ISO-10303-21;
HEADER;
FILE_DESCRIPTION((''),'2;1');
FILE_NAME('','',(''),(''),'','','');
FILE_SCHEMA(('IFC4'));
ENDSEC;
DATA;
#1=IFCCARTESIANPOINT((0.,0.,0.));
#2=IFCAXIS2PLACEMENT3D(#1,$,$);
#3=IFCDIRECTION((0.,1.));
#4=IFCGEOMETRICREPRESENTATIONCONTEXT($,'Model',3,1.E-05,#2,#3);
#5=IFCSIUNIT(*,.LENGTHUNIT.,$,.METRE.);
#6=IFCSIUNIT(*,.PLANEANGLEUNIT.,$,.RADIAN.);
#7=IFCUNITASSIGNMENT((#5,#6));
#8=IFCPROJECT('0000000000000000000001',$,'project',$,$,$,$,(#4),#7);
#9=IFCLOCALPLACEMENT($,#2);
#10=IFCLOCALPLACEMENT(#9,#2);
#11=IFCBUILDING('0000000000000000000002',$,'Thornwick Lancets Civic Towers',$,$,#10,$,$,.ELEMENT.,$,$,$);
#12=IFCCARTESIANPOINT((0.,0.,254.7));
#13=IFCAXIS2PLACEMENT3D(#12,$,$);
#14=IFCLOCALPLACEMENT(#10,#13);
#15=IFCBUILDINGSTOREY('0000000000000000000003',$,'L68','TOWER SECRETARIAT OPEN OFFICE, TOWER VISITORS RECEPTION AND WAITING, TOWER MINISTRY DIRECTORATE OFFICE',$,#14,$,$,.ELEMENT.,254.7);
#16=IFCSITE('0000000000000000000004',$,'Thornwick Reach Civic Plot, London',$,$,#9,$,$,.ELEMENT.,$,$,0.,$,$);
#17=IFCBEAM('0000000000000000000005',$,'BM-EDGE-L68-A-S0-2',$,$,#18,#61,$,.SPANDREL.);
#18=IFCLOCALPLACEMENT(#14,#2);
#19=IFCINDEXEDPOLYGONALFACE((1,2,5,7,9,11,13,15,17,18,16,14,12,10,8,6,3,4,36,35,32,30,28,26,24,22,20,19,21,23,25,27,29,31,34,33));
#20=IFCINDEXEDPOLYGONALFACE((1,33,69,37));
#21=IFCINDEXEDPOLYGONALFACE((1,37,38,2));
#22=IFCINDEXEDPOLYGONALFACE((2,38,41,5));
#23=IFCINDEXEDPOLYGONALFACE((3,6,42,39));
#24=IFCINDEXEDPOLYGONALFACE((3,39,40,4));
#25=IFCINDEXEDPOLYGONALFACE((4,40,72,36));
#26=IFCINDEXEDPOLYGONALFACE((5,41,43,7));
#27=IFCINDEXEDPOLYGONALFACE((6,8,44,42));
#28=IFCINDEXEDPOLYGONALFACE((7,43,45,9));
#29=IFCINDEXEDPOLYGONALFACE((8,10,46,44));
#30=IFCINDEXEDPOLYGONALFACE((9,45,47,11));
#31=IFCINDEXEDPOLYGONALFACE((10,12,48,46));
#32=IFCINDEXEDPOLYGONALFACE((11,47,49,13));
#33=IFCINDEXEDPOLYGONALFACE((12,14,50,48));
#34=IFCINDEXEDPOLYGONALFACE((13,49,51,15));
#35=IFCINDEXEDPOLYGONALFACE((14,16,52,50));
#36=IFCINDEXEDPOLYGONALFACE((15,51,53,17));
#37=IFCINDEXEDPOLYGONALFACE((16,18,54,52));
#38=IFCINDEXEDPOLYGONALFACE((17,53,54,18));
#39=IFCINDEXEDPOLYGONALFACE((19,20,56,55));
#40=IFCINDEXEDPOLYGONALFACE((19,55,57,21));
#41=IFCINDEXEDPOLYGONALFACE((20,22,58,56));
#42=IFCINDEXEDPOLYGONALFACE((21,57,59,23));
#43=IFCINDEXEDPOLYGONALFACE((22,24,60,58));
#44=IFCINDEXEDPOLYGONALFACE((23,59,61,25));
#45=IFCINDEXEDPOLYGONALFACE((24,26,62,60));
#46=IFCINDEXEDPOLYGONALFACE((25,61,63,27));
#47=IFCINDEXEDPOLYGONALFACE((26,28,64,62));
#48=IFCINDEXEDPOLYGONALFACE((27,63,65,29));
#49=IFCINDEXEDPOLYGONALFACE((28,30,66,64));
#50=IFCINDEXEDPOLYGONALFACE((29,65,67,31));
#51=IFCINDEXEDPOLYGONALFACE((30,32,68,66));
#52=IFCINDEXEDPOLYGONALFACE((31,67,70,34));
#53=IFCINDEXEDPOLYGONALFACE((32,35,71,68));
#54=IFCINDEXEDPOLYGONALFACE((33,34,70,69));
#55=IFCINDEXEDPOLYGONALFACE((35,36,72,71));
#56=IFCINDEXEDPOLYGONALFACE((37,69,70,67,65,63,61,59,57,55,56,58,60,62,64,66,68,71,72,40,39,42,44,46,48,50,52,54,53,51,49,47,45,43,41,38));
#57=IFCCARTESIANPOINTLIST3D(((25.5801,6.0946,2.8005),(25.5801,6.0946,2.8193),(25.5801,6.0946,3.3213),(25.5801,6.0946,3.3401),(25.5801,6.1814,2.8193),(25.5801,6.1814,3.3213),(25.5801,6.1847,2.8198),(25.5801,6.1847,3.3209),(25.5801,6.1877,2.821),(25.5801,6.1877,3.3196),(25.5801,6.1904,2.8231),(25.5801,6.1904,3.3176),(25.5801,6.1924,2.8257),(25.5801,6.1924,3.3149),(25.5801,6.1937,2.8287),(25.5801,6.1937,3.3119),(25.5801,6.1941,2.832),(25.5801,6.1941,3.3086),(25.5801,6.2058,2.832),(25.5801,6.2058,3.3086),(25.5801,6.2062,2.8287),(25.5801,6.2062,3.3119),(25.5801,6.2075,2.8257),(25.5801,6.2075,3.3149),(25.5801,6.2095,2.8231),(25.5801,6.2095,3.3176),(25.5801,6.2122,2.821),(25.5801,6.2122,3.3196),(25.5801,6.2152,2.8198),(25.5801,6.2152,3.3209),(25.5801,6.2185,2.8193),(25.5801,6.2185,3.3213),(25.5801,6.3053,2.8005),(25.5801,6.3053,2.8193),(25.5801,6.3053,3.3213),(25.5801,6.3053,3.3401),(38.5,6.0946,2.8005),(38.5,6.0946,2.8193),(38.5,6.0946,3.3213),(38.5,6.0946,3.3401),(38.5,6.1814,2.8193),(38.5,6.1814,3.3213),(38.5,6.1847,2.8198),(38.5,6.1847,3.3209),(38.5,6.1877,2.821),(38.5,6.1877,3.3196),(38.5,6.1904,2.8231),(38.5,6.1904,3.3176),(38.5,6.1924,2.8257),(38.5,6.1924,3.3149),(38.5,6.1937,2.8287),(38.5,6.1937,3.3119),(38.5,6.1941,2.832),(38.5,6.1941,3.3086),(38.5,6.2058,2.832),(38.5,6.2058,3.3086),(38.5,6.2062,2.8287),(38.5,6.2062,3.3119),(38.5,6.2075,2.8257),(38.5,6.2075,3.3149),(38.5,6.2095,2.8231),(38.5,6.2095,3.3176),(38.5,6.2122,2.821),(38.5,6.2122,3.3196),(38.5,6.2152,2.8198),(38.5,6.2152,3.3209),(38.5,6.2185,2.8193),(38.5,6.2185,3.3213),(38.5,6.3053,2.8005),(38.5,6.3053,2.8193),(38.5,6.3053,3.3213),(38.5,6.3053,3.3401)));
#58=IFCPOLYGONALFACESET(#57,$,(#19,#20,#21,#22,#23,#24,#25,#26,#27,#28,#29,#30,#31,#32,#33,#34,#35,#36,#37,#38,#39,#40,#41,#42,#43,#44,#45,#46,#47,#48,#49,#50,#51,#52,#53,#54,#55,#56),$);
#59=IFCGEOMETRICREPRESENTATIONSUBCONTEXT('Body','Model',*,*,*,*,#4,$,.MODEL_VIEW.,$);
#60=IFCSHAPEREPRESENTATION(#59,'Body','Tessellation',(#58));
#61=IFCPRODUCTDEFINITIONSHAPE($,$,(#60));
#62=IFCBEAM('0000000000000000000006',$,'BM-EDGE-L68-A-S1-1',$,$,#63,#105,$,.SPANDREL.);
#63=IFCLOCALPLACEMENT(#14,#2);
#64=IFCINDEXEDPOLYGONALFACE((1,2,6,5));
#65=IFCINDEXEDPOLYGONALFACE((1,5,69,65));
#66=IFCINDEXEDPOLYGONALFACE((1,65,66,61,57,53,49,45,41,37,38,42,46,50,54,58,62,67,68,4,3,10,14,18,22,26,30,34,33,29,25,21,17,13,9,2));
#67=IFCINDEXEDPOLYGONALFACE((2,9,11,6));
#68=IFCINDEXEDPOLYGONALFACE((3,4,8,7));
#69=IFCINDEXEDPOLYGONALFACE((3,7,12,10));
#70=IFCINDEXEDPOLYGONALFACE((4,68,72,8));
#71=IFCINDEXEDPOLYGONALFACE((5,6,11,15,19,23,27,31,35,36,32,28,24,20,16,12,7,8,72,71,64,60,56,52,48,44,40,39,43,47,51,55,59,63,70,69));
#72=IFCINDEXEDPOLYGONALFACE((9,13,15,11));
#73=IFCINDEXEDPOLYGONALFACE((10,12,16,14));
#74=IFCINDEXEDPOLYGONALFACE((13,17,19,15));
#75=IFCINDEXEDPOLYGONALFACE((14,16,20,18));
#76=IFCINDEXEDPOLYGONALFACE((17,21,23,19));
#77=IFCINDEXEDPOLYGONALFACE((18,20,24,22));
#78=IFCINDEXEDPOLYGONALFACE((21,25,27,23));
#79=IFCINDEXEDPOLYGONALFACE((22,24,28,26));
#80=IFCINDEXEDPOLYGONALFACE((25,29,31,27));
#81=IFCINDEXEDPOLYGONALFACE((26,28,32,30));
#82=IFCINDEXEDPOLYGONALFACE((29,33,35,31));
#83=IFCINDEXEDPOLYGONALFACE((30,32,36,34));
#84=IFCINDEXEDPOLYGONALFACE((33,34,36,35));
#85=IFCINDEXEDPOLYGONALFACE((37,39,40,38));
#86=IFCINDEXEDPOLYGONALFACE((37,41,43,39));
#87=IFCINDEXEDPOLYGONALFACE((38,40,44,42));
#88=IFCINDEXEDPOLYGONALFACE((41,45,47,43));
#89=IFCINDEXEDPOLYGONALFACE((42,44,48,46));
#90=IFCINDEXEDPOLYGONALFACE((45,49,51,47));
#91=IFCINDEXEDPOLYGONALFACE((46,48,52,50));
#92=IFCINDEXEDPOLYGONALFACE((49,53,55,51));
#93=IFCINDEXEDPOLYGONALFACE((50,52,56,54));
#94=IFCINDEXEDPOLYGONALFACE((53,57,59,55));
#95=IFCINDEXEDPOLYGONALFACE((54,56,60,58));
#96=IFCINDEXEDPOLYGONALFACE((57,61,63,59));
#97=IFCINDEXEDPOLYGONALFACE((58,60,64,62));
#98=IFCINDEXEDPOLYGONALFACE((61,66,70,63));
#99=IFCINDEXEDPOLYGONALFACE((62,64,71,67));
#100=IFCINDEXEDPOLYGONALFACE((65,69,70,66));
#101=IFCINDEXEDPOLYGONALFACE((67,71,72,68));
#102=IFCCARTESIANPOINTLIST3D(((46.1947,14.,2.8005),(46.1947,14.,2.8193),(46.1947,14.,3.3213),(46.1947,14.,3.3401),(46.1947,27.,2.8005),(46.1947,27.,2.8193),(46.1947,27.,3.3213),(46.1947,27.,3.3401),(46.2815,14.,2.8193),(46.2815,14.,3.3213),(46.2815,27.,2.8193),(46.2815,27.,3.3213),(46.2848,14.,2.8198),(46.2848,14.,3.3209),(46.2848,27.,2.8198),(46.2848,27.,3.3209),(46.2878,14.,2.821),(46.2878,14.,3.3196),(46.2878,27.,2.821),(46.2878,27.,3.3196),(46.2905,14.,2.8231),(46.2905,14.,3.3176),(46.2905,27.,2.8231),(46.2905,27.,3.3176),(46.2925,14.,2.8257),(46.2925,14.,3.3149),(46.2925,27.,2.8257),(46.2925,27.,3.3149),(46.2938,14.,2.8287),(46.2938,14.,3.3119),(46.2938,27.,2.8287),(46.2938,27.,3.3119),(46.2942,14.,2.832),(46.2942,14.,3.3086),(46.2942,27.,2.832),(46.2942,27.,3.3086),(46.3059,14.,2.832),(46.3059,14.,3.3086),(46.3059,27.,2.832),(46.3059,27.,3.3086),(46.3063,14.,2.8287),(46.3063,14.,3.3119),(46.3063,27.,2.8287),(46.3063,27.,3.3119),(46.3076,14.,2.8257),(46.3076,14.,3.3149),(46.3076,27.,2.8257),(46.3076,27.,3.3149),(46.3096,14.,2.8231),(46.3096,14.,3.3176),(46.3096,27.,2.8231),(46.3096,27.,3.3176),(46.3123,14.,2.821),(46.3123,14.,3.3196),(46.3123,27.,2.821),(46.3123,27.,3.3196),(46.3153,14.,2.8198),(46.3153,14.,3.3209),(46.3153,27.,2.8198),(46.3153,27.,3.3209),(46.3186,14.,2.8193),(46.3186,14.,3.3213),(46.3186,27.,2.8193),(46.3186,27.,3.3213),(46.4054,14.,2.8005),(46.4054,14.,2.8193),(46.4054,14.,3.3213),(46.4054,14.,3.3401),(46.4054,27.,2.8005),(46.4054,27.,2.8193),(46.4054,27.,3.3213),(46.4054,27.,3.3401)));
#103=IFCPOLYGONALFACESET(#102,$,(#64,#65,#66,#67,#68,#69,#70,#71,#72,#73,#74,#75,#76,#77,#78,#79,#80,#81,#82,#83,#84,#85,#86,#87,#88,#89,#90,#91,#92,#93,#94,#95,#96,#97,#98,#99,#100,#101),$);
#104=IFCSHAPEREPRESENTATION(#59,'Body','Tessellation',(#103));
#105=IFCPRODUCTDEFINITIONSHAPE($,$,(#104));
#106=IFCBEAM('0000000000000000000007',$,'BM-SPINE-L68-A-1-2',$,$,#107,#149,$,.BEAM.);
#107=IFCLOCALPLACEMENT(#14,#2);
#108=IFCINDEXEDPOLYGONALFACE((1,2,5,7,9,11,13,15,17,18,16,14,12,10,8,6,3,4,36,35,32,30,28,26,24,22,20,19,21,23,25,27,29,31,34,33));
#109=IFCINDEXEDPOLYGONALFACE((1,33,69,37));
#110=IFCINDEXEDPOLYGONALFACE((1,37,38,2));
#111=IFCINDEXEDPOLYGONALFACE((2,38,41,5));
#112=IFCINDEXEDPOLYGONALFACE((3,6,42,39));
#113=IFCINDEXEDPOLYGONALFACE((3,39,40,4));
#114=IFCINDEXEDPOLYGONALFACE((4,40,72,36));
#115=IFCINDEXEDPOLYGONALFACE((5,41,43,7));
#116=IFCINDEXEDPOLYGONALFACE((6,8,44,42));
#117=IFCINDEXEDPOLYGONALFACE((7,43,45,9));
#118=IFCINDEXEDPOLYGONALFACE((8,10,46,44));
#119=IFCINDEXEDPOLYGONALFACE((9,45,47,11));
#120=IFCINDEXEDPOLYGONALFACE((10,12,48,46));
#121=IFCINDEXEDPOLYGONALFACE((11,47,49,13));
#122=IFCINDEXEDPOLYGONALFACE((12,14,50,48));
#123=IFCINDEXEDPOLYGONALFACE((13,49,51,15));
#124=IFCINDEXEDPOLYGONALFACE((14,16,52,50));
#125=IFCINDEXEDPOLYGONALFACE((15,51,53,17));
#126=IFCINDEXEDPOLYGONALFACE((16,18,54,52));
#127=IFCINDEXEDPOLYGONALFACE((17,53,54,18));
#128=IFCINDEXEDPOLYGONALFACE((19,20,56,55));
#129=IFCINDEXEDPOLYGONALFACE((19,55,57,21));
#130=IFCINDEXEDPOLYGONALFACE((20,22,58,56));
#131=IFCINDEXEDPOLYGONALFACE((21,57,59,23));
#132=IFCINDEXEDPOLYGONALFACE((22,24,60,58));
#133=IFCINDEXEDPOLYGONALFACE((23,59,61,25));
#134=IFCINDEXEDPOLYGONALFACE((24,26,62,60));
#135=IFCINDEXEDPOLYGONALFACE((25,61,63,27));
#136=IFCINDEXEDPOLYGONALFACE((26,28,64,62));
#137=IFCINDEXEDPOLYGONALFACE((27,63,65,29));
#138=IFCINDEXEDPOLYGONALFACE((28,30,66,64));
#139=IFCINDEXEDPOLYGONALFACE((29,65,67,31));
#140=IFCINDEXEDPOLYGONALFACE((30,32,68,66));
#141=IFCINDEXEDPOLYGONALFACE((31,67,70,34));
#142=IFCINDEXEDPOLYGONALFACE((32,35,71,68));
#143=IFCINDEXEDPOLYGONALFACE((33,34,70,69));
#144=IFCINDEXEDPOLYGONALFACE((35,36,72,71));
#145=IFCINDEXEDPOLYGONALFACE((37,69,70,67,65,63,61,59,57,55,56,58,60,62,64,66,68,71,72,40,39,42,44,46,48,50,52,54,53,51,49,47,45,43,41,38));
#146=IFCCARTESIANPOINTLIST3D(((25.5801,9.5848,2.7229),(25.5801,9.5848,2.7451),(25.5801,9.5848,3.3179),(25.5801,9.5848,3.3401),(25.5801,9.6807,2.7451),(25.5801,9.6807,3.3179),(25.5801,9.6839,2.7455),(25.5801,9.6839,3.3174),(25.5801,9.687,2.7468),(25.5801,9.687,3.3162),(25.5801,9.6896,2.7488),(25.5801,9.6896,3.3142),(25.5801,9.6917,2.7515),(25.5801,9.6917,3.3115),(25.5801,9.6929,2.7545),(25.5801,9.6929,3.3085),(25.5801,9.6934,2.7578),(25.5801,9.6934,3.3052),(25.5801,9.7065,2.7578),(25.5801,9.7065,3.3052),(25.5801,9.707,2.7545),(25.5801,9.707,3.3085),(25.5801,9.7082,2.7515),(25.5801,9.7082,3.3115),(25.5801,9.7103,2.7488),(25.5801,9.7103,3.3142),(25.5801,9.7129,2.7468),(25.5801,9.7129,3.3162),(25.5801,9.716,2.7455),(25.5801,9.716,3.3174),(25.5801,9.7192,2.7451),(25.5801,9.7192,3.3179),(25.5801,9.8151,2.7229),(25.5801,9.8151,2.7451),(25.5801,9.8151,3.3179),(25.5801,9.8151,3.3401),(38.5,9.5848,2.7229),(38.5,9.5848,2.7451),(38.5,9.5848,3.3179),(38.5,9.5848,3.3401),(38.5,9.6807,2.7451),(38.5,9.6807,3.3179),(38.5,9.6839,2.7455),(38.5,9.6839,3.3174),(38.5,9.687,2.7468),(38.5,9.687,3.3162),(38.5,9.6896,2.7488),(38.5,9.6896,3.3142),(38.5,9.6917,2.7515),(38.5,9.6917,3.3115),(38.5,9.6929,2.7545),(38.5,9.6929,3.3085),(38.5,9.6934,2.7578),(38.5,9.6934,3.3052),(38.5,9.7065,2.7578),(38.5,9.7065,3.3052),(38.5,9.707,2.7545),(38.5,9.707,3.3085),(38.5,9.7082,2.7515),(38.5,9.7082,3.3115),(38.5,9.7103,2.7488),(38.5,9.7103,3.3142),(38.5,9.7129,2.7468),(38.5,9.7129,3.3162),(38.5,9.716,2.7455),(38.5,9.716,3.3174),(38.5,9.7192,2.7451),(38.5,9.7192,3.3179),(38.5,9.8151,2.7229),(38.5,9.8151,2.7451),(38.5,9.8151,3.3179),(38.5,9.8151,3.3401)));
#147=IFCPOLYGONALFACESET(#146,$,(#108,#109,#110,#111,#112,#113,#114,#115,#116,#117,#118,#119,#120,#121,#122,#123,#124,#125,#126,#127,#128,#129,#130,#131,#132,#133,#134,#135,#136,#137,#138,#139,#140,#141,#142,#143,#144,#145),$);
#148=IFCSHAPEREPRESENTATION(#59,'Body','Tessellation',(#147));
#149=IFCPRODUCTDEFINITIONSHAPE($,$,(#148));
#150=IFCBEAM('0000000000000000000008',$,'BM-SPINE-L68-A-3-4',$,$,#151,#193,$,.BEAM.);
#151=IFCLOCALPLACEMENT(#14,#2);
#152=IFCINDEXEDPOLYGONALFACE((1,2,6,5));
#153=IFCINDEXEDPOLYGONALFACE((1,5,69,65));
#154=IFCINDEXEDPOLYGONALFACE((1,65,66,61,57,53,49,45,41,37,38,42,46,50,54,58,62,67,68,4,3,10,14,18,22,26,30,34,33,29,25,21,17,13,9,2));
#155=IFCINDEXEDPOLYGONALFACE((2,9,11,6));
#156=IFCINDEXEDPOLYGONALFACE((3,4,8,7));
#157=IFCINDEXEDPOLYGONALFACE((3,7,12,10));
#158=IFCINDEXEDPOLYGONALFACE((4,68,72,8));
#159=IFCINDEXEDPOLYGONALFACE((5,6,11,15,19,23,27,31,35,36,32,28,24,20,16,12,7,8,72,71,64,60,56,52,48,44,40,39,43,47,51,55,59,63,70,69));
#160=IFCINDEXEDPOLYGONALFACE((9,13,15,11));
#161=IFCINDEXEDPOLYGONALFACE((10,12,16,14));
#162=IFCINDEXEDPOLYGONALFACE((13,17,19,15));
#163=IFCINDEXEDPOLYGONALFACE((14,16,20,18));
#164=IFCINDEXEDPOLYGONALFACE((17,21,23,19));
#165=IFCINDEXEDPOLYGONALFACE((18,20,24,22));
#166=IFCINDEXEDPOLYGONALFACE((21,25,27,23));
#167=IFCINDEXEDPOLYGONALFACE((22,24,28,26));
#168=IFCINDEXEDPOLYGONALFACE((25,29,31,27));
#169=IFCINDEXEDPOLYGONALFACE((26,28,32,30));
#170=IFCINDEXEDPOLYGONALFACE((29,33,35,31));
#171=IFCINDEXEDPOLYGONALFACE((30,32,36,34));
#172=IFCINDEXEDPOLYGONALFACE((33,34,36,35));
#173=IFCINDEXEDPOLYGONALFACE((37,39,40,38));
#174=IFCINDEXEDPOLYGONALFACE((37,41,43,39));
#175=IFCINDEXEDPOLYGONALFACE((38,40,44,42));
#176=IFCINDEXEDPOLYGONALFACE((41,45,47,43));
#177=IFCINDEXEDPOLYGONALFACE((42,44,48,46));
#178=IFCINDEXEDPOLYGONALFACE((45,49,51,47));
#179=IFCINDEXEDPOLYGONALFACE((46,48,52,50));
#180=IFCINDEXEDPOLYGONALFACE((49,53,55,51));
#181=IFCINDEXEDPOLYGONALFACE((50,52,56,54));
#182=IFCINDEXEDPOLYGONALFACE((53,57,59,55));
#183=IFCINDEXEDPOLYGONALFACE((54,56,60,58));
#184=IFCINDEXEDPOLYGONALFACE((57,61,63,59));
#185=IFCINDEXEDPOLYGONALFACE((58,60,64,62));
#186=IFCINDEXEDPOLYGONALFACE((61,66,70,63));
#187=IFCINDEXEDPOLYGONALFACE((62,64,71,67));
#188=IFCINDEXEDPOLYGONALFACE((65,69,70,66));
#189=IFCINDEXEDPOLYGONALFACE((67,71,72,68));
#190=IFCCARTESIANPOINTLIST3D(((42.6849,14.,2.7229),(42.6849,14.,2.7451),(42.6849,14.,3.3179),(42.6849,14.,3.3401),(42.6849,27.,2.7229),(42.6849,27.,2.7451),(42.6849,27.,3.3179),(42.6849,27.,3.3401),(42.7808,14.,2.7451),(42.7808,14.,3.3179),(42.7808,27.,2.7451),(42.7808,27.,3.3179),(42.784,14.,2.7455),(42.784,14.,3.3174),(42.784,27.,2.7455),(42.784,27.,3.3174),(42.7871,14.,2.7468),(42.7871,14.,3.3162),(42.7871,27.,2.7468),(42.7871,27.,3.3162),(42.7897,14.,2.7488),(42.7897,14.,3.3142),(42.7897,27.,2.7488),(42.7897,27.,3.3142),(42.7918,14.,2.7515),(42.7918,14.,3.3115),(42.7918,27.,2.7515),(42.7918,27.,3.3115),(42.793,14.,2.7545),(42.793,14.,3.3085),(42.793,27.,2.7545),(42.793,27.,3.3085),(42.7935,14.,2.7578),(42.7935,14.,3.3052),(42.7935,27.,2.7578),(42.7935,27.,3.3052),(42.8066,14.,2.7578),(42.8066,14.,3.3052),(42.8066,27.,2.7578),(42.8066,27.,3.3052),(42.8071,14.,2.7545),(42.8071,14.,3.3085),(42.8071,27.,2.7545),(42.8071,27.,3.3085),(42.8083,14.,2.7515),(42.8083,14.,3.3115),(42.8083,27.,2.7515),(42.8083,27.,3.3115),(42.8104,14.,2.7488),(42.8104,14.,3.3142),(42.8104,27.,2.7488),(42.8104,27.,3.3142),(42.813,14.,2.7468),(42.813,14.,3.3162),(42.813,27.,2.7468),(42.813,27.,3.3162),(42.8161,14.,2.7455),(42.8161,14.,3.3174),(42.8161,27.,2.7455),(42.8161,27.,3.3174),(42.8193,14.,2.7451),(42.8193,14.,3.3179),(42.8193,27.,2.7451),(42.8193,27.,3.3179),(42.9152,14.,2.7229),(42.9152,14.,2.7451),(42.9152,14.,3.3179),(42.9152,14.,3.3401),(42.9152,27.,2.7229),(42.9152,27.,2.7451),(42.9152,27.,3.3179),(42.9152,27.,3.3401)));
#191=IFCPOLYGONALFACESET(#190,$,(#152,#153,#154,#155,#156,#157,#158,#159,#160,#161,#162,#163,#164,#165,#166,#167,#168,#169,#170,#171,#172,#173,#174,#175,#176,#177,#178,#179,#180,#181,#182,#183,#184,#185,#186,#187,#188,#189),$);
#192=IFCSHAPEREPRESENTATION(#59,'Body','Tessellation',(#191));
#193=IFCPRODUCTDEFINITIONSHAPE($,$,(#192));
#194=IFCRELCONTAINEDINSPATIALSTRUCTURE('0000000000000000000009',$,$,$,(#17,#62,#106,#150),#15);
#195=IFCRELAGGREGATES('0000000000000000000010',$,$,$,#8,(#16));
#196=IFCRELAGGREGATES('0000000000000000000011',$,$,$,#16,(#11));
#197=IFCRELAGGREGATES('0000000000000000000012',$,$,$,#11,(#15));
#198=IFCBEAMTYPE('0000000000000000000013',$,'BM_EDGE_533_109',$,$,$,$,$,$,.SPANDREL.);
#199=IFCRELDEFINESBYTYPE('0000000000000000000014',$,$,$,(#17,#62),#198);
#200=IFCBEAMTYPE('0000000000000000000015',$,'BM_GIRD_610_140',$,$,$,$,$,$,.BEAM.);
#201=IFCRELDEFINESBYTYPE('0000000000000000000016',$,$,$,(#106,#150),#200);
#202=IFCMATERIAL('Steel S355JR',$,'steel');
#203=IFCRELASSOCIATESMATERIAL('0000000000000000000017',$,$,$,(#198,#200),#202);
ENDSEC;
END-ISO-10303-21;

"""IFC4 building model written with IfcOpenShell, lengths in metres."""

from ifc_helpers import new_model, si_unit, direction, frame, origin, origin_2d, place, context, subcontext, project, spatial, i_section, extrude, material, material_profile, profile_set, type_object, element, save


model = new_model("IFC4")

# Units and contexts
model_context = context("Model", 3, precision=1e-05, world=origin(), true_north=direction((0.0, 1.0)))
body_context = subcontext(model_context, "Body", "Model", "MODEL_VIEW")
ifc_project = project(units=[si_unit("LENGTHUNIT", "METRE"), si_unit("PLANEANGLEUNIT", "RADIAN")], contexts=[model_context])

# Site, building, storey
site_placement = place(None, origin())
site = spatial("IfcSite", under=ifc_project, at=site_placement, Name="Thornwick Reach Civic Plot, London", CompositionType="ELEMENT", RefElevation=0.0)
building_placement = place(site_placement, origin())
building = spatial("IfcBuilding", under=site, at=building_placement, Name="Thornwick Lancets Civic Towers", CompositionType="ELEMENT")
storey_placement = place(building_placement, frame((0.0, 0.0, 254.7)))
storey = spatial("IfcBuildingStorey", under=building, at=storey_placement, Name="L68", Description="TOWER SECRETARIAT OPEN OFFICE, TOWER VISITORS RECEPTION AND WAITING, TOWER MINISTRY DIRECTORATE OFFICE", CompositionType="ELEMENT", Elevation=254.7)

# Shared definitions
ifc_material_1 = material(Name="Steel S355JR", Category="steel")

# Beams
ifc_material_profile_1 = material_profile(ifc_material_1, i_section(OverallWidth=0.2107, OverallDepth=0.5396, WebThickness=0.0117, FlangeThickness=0.0188, FilletRadius=0.0127, at=origin_2d()), Name="UKB 533x210x109")
ifc_profile_set_1 = profile_set([ifc_material_profile_1], Name="Steel S355JR")
beam_type_1 = type_object("IfcBeamType", Name="BM_EDGE_533_109", PredefinedType="SPANDREL", material=ifc_profile_set_1)
beam_1_placement = place(storey_placement, frame((25.5801, 6.2, 3.0703), z_axis=(1.0, 0.0, 0.0), x_axis=(0.0, 1.0, 0.0)))
element("IfcBeam", 1, at=beam_1_placement, inside=storey, type_object=beam_type_1, Name="BM-EDGE-L68-A-S0-2", PredefinedType="SPANDREL", context=body_context, shape_type="SweptSolid", body=[
    extrude(i_section(OverallWidth=0.2107, OverallDepth=0.5396, WebThickness=0.0117, FlangeThickness=0.0188, FilletRadius=0.0127, at=origin_2d()), origin(), (0.0, 0.0, 1.0), 12.9199),
])
beam_2_placement = place(storey_placement, frame((46.3, 14.0, 3.0703), z_axis=(0.0, 1.0, 0.0), x_axis=(-1.0, 0.0, 0.0)))
element("IfcBeam", 2, at=beam_2_placement, inside=storey, type_object=beam_type_1, Name="BM-EDGE-L68-A-S1-1", PredefinedType="SPANDREL", context=body_context, shape_type="SweptSolid", body=[
    extrude(i_section(OverallWidth=0.2107, OverallDepth=0.5396, WebThickness=0.0117, FlangeThickness=0.0188, FilletRadius=0.0127, at=origin_2d()), origin(), (0.0, 0.0, 1.0), 13.0),
])
ifc_material_profile_2 = material_profile(ifc_material_1, i_section(OverallWidth=0.2302, OverallDepth=0.6172, WebThickness=0.0132, FlangeThickness=0.0222, FilletRadius=0.0127, at=origin_2d()), Name="UKB 610x229x140")
ifc_profile_set_2 = profile_set([ifc_material_profile_2], Name="Steel S355JR")
beam_type_2 = type_object("IfcBeamType", Name="BM_GIRD_610_140", PredefinedType="BEAM", material=ifc_profile_set_2)
beam_3_placement = place(storey_placement, frame((25.5801, 9.7, 3.0315), z_axis=(1.0, 0.0, 0.0), x_axis=(0.0, 1.0, 0.0)))
element("IfcBeam", 3, at=beam_3_placement, inside=storey, type_object=beam_type_2, Name="BM-SPINE-L68-A-1-2", PredefinedType="BEAM", context=body_context, shape_type="SweptSolid", body=[
    extrude(i_section(OverallWidth=0.2302, OverallDepth=0.6172, WebThickness=0.0132, FlangeThickness=0.0222, FilletRadius=0.0127, at=origin_2d()), origin(), (0.0, 0.0, 1.0), 12.9199),
])
beam_4_placement = place(storey_placement, frame((42.8, 14.0, 3.0315), z_axis=(0.0, 1.0, 0.0), x_axis=(-1.0, 0.0, 0.0)))
element("IfcBeam", 4, at=beam_4_placement, inside=storey, type_object=beam_type_2, Name="BM-SPINE-L68-A-3-4", PredefinedType="BEAM", context=body_context, shape_type="SweptSolid", body=[
    extrude(i_section(OverallWidth=0.2302, OverallDepth=0.6172, WebThickness=0.0132, FlangeThickness=0.0222, FilletRadius=0.0127, at=origin_2d()), origin(), (0.0, 0.0, 1.0), 13.0),
])

save(model, "model.ifc")
